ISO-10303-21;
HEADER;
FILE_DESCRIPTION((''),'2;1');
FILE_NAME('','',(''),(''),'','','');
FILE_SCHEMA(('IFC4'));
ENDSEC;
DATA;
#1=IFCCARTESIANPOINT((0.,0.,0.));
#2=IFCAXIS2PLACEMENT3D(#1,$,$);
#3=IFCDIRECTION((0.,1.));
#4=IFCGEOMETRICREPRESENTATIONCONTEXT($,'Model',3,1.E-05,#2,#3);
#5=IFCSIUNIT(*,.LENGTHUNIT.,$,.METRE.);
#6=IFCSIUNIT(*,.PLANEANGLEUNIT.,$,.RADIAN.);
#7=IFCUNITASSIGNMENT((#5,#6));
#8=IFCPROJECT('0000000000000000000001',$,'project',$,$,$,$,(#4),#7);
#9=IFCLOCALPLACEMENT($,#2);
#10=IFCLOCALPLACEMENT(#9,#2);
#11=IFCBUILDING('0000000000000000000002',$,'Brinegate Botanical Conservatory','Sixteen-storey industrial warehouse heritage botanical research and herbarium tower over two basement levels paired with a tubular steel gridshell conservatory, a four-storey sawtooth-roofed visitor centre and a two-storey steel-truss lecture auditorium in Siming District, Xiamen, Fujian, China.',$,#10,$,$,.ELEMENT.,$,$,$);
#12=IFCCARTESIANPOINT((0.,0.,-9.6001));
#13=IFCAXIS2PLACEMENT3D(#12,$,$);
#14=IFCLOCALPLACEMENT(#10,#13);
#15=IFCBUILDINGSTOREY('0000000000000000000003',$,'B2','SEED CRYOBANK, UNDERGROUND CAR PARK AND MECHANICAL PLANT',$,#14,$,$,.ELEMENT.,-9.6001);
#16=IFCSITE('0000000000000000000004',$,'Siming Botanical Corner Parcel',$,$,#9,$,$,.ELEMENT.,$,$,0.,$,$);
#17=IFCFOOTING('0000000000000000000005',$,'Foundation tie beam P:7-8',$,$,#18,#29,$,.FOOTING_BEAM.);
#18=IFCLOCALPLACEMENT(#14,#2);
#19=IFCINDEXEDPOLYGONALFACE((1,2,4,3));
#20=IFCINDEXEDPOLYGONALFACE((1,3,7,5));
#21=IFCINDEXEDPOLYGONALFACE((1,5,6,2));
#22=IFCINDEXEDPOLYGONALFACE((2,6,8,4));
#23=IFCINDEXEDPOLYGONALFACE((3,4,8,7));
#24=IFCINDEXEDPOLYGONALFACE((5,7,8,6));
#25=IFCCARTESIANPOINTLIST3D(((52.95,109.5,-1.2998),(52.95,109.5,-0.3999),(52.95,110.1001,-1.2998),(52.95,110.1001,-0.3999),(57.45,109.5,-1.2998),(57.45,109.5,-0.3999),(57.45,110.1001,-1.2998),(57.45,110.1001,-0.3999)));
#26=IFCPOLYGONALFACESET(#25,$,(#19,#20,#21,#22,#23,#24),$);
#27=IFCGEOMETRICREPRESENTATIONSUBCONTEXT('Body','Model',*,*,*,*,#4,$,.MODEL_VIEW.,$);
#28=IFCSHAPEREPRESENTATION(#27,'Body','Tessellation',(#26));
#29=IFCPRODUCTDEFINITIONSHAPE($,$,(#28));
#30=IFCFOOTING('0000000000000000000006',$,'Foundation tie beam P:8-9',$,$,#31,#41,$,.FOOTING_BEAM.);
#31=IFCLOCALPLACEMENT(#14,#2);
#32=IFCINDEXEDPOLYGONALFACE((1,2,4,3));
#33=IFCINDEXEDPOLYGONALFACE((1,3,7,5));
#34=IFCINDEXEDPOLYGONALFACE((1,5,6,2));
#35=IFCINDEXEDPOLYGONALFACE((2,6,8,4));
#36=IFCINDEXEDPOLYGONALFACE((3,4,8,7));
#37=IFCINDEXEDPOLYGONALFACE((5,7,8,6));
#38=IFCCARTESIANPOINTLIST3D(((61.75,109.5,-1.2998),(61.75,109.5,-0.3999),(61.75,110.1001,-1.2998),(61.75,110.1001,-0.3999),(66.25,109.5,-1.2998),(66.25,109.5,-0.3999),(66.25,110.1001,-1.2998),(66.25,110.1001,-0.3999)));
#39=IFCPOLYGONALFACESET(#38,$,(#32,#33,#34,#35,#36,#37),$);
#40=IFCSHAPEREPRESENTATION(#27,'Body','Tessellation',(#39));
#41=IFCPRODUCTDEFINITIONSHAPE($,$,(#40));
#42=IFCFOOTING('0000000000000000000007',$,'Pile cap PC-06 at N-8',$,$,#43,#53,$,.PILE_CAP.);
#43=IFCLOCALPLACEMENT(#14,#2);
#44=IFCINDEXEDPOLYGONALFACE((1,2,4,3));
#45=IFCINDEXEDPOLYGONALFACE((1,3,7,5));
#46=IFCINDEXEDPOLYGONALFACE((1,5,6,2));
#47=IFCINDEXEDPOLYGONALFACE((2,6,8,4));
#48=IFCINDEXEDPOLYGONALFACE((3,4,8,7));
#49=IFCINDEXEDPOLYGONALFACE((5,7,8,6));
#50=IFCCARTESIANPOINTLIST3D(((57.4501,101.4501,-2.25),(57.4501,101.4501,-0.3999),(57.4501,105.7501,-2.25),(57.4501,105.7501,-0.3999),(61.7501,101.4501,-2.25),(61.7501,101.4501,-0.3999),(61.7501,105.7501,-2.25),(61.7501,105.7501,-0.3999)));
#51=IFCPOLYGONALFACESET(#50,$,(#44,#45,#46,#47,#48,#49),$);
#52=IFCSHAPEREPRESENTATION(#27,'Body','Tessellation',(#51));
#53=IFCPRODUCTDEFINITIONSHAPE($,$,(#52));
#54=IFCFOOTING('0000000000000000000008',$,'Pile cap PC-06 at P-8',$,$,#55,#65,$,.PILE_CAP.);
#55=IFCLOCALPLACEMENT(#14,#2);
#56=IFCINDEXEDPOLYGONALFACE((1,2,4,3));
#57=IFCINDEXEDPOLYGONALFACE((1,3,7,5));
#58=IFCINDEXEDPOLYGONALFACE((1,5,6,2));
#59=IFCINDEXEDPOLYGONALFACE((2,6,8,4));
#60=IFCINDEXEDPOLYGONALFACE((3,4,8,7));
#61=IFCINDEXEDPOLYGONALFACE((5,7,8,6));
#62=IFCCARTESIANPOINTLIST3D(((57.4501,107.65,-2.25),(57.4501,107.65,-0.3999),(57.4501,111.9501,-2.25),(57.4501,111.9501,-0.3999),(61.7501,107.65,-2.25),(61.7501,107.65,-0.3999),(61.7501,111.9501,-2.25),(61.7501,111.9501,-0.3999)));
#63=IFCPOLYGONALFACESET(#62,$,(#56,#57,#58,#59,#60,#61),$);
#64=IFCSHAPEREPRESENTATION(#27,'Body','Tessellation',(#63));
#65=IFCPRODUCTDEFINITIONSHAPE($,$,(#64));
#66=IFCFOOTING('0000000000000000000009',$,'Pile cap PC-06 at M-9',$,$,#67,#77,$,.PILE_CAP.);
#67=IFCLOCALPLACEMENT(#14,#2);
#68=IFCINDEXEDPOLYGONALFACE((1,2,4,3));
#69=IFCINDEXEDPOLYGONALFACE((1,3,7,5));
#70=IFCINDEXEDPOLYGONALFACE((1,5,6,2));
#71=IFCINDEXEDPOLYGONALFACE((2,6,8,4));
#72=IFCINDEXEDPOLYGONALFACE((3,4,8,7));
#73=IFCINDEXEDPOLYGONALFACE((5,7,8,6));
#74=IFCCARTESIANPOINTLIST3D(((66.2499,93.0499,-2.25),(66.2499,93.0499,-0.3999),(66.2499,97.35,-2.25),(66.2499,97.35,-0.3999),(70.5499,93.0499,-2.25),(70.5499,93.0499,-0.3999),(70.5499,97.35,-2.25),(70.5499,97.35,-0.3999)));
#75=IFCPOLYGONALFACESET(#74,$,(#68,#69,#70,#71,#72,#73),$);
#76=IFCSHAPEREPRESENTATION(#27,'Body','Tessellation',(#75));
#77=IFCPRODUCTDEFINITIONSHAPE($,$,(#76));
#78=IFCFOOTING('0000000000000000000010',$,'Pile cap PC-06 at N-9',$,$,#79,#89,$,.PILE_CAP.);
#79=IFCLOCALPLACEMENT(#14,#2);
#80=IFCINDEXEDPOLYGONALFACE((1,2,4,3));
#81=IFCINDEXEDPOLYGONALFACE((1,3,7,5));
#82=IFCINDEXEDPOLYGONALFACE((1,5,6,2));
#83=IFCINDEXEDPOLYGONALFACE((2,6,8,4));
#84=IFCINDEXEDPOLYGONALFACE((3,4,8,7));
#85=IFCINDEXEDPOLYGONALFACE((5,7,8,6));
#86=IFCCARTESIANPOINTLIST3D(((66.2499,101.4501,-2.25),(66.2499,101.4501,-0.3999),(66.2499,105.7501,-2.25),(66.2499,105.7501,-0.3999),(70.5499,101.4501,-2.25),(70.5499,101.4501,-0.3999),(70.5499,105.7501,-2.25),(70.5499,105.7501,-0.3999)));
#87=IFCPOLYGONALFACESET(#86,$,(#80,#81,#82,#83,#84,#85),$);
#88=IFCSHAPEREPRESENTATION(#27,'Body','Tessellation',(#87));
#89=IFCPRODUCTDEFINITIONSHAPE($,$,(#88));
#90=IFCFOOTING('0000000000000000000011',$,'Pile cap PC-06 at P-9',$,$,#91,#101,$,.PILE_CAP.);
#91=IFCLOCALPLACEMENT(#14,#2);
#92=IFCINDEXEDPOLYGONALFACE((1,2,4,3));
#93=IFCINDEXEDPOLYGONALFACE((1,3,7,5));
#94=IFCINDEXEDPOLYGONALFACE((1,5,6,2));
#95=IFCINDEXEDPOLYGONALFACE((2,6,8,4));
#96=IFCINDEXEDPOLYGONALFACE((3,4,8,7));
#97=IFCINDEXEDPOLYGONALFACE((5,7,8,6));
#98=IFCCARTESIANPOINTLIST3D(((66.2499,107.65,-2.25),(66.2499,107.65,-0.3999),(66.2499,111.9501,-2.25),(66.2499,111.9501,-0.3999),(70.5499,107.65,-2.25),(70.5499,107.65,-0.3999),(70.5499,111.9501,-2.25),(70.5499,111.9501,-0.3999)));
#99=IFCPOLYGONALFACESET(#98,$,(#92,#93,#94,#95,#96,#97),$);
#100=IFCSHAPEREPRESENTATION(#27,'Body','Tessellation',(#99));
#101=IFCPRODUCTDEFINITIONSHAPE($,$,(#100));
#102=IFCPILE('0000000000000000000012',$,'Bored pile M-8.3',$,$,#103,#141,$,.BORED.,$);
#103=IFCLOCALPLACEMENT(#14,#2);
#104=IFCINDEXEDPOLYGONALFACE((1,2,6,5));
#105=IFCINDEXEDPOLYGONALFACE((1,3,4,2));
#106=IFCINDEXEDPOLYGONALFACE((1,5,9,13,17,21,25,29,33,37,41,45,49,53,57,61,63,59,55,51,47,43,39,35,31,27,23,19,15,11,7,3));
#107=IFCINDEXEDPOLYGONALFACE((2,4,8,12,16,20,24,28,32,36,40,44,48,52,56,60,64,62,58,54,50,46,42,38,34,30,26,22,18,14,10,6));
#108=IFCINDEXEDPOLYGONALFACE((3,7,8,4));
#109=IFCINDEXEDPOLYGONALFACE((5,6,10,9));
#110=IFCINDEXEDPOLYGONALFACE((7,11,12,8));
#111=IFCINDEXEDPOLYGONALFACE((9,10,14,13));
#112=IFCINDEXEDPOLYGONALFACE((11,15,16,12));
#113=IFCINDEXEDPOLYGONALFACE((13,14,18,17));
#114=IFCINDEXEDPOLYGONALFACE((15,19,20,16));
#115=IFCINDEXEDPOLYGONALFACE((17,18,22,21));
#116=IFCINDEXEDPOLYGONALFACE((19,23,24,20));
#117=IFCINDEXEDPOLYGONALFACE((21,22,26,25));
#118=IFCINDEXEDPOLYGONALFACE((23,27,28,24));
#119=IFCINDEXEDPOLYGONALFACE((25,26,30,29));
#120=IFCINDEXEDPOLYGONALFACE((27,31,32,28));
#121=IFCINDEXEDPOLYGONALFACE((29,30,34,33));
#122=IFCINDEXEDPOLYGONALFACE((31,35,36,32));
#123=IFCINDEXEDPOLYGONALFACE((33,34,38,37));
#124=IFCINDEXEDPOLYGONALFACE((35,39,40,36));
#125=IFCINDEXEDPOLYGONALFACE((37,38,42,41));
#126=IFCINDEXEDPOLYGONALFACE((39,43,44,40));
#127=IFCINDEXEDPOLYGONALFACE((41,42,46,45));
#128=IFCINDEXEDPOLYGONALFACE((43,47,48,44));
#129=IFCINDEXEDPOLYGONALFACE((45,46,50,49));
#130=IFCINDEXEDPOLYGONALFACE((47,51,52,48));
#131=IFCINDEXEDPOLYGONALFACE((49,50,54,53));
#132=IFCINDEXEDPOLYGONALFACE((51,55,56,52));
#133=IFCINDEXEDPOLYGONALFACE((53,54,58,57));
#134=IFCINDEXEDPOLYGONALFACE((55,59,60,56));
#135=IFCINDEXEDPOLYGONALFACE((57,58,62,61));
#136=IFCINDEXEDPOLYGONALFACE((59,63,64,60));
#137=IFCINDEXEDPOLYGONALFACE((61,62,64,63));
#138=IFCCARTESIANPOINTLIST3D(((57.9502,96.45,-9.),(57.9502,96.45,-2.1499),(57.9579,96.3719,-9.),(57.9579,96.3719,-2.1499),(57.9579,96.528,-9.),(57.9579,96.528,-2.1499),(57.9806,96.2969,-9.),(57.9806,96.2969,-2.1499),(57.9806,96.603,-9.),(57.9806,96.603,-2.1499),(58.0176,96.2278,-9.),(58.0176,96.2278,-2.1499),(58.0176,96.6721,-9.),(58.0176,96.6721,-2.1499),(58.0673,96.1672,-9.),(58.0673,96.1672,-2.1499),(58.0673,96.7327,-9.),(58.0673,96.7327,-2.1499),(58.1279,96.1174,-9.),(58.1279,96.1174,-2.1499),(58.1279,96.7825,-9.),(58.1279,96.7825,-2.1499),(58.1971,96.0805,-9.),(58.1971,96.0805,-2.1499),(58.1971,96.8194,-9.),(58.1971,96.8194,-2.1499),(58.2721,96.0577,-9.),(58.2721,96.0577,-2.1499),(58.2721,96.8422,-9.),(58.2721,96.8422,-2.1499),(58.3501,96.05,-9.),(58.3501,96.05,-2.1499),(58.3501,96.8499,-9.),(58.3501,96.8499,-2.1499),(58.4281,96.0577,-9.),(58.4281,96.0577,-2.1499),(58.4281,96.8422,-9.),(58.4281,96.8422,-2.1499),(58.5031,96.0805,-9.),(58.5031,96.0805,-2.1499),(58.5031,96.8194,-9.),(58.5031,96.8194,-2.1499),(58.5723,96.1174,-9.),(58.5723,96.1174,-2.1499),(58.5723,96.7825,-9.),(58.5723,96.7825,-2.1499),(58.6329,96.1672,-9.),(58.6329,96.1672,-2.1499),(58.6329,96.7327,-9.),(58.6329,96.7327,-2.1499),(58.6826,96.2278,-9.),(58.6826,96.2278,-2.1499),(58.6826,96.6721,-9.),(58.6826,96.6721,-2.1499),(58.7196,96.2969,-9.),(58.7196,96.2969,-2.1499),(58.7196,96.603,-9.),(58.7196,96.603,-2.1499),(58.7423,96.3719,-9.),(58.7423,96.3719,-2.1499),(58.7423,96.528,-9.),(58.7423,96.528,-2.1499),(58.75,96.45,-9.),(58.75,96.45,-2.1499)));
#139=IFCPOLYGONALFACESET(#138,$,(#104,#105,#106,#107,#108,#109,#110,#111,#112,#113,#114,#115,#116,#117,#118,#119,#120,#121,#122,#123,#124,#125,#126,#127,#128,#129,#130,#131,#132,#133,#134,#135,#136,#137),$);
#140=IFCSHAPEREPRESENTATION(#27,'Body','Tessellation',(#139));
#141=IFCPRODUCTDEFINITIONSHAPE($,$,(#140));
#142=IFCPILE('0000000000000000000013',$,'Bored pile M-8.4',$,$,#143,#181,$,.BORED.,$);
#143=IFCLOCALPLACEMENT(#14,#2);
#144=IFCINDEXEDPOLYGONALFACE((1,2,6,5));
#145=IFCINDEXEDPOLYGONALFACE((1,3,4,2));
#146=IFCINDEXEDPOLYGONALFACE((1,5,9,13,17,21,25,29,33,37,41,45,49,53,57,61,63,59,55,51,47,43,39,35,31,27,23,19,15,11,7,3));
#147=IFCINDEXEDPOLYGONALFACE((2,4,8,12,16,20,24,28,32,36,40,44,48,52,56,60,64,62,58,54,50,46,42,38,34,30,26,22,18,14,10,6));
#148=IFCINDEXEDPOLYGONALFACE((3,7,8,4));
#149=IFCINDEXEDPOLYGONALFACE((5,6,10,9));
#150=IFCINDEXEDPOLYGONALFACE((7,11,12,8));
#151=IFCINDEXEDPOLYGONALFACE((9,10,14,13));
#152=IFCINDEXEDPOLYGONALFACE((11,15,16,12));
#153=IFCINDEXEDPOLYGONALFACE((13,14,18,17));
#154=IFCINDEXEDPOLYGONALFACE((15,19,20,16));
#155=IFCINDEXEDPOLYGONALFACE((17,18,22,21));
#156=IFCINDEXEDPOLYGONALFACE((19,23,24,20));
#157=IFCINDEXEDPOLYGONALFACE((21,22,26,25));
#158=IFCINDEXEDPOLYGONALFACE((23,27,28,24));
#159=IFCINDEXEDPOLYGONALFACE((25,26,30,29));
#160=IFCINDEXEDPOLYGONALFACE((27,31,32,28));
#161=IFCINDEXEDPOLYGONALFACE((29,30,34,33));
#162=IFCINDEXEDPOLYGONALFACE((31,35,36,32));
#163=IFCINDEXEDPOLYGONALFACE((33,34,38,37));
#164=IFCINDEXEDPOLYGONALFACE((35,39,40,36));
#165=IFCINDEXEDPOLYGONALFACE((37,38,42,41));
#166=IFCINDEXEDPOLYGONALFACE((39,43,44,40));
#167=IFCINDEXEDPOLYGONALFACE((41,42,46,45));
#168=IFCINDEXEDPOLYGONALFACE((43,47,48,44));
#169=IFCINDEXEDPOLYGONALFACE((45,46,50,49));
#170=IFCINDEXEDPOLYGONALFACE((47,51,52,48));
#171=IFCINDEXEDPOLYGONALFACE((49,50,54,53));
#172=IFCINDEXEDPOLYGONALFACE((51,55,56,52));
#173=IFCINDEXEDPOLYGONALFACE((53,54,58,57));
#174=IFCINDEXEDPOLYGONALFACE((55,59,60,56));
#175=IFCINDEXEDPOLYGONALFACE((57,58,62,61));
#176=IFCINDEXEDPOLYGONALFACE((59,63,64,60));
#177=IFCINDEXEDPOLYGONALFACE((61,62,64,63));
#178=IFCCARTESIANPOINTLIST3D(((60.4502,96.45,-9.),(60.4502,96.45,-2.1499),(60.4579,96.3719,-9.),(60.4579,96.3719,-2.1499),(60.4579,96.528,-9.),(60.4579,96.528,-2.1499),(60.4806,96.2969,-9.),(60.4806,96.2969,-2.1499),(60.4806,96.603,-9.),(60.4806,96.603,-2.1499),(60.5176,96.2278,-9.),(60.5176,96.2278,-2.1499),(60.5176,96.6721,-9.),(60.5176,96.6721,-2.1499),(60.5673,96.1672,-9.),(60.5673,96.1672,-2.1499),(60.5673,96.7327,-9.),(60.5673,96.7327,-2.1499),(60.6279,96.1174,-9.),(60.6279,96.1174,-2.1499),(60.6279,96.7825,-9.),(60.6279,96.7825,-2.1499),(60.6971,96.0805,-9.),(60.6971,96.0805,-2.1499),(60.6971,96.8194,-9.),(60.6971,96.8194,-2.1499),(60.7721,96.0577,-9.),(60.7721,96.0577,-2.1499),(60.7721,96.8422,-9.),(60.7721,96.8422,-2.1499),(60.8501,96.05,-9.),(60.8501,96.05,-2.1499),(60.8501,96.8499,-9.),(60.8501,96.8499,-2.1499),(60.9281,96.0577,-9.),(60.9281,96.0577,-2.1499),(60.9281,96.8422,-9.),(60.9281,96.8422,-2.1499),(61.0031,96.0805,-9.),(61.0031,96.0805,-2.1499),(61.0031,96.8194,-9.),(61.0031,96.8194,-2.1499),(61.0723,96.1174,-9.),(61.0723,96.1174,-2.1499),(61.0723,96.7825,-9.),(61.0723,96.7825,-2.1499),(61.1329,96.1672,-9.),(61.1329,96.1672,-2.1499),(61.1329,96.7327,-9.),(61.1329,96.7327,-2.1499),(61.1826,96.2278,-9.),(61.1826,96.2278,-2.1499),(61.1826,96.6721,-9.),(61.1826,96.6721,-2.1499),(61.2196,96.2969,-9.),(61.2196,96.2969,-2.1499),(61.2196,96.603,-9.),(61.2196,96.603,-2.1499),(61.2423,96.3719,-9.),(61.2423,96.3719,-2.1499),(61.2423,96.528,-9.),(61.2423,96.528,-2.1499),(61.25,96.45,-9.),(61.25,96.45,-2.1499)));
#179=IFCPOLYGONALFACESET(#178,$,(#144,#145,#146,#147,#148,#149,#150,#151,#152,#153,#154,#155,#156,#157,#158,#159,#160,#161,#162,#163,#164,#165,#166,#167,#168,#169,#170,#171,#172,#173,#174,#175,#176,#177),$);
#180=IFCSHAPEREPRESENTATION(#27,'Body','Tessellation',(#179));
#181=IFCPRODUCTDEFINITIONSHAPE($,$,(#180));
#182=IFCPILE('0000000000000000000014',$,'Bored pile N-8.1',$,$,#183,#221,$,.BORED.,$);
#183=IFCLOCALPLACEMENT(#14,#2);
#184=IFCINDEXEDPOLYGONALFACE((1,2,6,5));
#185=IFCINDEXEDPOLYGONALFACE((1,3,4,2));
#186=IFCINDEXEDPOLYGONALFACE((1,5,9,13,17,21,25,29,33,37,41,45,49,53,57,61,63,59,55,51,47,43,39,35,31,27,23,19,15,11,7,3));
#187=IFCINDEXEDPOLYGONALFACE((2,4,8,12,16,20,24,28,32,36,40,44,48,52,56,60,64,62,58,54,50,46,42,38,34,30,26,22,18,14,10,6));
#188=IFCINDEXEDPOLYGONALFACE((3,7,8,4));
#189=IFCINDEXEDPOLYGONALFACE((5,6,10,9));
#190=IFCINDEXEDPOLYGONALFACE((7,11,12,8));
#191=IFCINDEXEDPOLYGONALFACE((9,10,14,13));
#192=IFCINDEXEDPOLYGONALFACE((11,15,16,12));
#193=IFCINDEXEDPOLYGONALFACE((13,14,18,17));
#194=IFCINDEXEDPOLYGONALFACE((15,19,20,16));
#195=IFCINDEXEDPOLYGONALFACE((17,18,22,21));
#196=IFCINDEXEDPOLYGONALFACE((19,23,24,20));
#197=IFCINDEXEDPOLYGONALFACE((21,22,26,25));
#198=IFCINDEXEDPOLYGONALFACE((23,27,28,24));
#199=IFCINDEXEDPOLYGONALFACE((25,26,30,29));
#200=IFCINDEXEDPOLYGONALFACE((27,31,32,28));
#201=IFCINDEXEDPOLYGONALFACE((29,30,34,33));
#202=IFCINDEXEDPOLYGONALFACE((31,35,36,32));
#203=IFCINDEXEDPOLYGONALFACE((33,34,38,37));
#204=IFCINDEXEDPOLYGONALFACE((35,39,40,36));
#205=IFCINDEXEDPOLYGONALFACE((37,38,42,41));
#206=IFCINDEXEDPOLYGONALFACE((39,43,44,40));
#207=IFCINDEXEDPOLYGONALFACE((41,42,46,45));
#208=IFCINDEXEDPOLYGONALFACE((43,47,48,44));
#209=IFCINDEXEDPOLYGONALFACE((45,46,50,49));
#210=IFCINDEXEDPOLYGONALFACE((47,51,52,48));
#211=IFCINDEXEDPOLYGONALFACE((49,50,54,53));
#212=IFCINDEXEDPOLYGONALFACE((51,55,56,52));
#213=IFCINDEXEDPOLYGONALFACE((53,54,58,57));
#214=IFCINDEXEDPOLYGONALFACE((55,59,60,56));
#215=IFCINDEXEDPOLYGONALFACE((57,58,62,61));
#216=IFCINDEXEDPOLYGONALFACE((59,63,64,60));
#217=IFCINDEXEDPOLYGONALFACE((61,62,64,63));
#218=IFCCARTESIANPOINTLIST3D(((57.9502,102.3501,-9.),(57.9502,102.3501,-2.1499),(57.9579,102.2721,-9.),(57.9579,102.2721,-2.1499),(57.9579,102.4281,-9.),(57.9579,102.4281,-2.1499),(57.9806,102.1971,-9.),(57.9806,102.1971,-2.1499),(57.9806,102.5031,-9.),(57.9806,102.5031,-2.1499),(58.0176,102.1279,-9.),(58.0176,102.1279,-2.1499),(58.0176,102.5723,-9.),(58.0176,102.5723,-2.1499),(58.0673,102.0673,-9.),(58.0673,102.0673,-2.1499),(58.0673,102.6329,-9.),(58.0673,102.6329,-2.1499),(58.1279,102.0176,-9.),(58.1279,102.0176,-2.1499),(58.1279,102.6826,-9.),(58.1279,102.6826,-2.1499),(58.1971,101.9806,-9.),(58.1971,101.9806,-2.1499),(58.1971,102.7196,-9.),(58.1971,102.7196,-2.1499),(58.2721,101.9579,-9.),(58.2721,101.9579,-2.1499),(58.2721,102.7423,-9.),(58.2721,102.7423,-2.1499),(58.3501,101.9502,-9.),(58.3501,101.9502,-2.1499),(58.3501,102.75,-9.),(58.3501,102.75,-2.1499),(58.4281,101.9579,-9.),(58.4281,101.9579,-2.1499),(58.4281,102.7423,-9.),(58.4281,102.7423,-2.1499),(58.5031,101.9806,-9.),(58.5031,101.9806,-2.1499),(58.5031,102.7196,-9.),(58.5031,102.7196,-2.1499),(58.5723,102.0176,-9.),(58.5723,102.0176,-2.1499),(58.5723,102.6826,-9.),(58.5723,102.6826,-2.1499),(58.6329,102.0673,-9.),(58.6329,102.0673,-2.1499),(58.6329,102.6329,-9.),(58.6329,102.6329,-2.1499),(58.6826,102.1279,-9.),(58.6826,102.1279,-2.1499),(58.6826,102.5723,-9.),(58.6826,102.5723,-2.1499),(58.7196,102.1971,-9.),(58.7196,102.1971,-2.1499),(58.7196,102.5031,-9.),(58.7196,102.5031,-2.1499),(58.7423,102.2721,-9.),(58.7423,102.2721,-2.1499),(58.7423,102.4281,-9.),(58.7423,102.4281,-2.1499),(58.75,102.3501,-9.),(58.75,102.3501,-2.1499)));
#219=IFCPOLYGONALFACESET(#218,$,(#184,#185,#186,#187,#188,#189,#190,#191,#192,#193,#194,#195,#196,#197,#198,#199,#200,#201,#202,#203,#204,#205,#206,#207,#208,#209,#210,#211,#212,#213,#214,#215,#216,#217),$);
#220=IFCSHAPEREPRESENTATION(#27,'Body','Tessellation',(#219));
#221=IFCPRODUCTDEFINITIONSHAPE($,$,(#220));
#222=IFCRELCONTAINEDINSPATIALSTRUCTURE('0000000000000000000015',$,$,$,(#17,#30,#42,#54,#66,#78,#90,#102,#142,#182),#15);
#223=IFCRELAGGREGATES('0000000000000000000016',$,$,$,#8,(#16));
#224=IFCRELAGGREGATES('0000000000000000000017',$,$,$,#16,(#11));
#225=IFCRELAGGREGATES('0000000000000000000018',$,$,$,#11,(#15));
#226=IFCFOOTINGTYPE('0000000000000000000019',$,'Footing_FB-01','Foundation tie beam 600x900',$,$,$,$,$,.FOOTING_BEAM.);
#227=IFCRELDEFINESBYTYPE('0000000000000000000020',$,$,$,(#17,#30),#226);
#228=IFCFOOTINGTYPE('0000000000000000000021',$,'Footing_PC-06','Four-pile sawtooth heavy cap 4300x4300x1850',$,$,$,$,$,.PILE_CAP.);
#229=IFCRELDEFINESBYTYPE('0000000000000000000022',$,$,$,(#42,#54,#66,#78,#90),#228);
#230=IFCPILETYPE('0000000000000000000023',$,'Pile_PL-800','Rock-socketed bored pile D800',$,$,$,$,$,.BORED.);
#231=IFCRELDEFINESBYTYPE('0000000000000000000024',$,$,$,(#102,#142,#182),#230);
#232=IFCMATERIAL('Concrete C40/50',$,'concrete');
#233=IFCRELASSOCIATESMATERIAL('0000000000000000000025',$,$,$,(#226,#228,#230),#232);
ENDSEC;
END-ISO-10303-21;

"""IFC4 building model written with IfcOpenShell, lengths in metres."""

from ifc_helpers import new_model, si_unit, direction, frame, origin, origin_2d, place, context, subcontext, project, spatial, rectangle, circle, extrude, material, material_profile, profile_set, type_object, element, save


model = new_model("IFC4")

# Units and contexts
model_context = context("Model", 3, precision=1e-05, world=origin(), true_north=direction((0.0, 1.0)))
body_context = subcontext(model_context, "Body", "Model", "MODEL_VIEW")
ifc_project = project(units=[si_unit("LENGTHUNIT", "METRE"), si_unit("PLANEANGLEUNIT", "RADIAN")], contexts=[model_context])

# Site, building, storey
site_placement = place(None, origin())
site = spatial("IfcSite", under=ifc_project, at=site_placement, Name="Siming Botanical Corner Parcel", CompositionType="ELEMENT", RefElevation=0.0)
building_placement = place(site_placement, origin())
building = spatial("IfcBuilding", under=site, at=building_placement, Name="Brinegate Botanical Conservatory", Description="Sixteen-storey industrial warehouse heritage botanical research and herbarium tower over two basement levels paired with a tubular steel gridshell conservatory, a four-storey sawtooth-roofed visitor centre and a two-storey steel-truss lecture auditorium in Siming District, Xiamen, Fujian, China.", CompositionType="ELEMENT")
storey_placement = place(building_placement, frame((0.0, 0.0, -9.6001)))
storey = spatial("IfcBuildingStorey", under=building, at=storey_placement, Name="B2", Description="SEED CRYOBANK, UNDERGROUND CAR PARK AND MECHANICAL PLANT", CompositionType="ELEMENT", Elevation=-9.6001)

# Footings
ifc_material = material(Name="Concrete C40/50", Category="concrete")
ifc_material_profile_1 = material_profile(ifc_material, rectangle(XDim=0.6001, YDim=0.8999, at=origin_2d()), Name="RC GB 600x900")
ifc_profile_set_1 = profile_set([ifc_material_profile_1], Name="Concrete C40/50")
footing_type_1 = type_object("IfcFootingType", Name="Footing_FB-01", Description="Foundation tie beam 600x900", PredefinedType="FOOTING_BEAM", material=ifc_profile_set_1)
for number, where, z_axis, x_axis, name in (
    (1, (52.95, 109.8, -0.8499), (1.0, 0.0, 0.0), (0.0, 1.0, 0.0), "Foundation tie beam P:7-8"),
    (2, (61.75, 109.8, -0.8499), (1.0, 0.0, 0.0), (0.0, 1.0, 0.0), "Foundation tie beam P:8-9"),
):
    element("IfcFooting", number, at=place(storey_placement, frame(where, z_axis=z_axis, x_axis=x_axis)), inside=storey, type_object=footing_type_1, Name=name, PredefinedType="FOOTING_BEAM", context=body_context, shape_type="SweptSolid", body=[
        extrude(rectangle(XDim=0.6001, YDim=0.8999, at=origin_2d()), origin(), (0.0, 0.0, 1.0), 4.5),
    ])
footing_type_2 = type_object("IfcFootingType", Name="Footing_PC-06", Description="Four-pile sawtooth heavy cap 4300x4300x1850", PredefinedType="PILE_CAP", material=ifc_material)
for number, where, z_axis, x_axis, name in (
    (3, (59.6001, 103.6001, -2.25), (0.0, 0.0, 1.0), (1.0, 0.0, 0.0), "Pile cap PC-06 at N-8"),
    (4, (59.6001, 109.8, -2.25), (0.0, 0.0, 1.0), (1.0, 0.0, 0.0), "Pile cap PC-06 at P-8"),
    (5, (68.3999, 95.2, -2.25), (0.0, 0.0, 1.0), (1.0, 0.0, 0.0), "Pile cap PC-06 at M-9"),
    (6, (68.3999, 103.6001, -2.25), (0.0, 0.0, 1.0), (1.0, 0.0, 0.0), "Pile cap PC-06 at N-9"),
    (7, (68.3999, 109.8, -2.25), (0.0, 0.0, 1.0), (1.0, 0.0, 0.0), "Pile cap PC-06 at P-9"),
):
    element("IfcFooting", number, at=place(storey_placement, frame(where, z_axis=z_axis, x_axis=x_axis)), inside=storey, type_object=footing_type_2, Name=name, PredefinedType="PILE_CAP", context=body_context, shape_type="SweptSolid", body=[
        extrude(rectangle(XDim=4.3, YDim=4.3, at=origin_2d()), origin(), (0.0, 0.0, 1.0), 1.8501),
    ])

# Piles
ifc_material_profile_2 = material_profile(ifc_material, circle(Radius=0.3999, at=origin_2d()), Name="PILE D800")
ifc_profile_set_2 = profile_set([ifc_material_profile_2], Name="Concrete C40/50")
pile_type = type_object("IfcPileType", Name="Pile_PL-800", Description="Rock-socketed bored pile D800", PredefinedType="BORED", material=ifc_profile_set_2)
for number, where, z_axis, x_axis, name in (
    (8, (58.3501, 96.45, -2.1499), (0.0, 0.0, -1.0), (1.0, 0.0, 0.0), "Bored pile M-8.3"),
    (9, (60.8501, 96.45, -2.1499), (0.0, 0.0, -1.0), (1.0, 0.0, 0.0), "Bored pile M-8.4"),
    (10, (58.3501, 102.3501, -2.1499), (0.0, 0.0, -1.0), (1.0, 0.0, 0.0), "Bored pile N-8.1"),
):
    element("IfcPile", number, at=place(storey_placement, frame(where, z_axis=z_axis, x_axis=x_axis)), inside=storey, type_object=pile_type, Name=name, PredefinedType="BORED", context=body_context, shape_type="SweptSolid", body=[
        extrude(circle(Radius=0.3999, at=origin_2d()), origin(), (0.0, 0.0, 1.0), 6.8501),
    ])

save(model, "model.ifc")
